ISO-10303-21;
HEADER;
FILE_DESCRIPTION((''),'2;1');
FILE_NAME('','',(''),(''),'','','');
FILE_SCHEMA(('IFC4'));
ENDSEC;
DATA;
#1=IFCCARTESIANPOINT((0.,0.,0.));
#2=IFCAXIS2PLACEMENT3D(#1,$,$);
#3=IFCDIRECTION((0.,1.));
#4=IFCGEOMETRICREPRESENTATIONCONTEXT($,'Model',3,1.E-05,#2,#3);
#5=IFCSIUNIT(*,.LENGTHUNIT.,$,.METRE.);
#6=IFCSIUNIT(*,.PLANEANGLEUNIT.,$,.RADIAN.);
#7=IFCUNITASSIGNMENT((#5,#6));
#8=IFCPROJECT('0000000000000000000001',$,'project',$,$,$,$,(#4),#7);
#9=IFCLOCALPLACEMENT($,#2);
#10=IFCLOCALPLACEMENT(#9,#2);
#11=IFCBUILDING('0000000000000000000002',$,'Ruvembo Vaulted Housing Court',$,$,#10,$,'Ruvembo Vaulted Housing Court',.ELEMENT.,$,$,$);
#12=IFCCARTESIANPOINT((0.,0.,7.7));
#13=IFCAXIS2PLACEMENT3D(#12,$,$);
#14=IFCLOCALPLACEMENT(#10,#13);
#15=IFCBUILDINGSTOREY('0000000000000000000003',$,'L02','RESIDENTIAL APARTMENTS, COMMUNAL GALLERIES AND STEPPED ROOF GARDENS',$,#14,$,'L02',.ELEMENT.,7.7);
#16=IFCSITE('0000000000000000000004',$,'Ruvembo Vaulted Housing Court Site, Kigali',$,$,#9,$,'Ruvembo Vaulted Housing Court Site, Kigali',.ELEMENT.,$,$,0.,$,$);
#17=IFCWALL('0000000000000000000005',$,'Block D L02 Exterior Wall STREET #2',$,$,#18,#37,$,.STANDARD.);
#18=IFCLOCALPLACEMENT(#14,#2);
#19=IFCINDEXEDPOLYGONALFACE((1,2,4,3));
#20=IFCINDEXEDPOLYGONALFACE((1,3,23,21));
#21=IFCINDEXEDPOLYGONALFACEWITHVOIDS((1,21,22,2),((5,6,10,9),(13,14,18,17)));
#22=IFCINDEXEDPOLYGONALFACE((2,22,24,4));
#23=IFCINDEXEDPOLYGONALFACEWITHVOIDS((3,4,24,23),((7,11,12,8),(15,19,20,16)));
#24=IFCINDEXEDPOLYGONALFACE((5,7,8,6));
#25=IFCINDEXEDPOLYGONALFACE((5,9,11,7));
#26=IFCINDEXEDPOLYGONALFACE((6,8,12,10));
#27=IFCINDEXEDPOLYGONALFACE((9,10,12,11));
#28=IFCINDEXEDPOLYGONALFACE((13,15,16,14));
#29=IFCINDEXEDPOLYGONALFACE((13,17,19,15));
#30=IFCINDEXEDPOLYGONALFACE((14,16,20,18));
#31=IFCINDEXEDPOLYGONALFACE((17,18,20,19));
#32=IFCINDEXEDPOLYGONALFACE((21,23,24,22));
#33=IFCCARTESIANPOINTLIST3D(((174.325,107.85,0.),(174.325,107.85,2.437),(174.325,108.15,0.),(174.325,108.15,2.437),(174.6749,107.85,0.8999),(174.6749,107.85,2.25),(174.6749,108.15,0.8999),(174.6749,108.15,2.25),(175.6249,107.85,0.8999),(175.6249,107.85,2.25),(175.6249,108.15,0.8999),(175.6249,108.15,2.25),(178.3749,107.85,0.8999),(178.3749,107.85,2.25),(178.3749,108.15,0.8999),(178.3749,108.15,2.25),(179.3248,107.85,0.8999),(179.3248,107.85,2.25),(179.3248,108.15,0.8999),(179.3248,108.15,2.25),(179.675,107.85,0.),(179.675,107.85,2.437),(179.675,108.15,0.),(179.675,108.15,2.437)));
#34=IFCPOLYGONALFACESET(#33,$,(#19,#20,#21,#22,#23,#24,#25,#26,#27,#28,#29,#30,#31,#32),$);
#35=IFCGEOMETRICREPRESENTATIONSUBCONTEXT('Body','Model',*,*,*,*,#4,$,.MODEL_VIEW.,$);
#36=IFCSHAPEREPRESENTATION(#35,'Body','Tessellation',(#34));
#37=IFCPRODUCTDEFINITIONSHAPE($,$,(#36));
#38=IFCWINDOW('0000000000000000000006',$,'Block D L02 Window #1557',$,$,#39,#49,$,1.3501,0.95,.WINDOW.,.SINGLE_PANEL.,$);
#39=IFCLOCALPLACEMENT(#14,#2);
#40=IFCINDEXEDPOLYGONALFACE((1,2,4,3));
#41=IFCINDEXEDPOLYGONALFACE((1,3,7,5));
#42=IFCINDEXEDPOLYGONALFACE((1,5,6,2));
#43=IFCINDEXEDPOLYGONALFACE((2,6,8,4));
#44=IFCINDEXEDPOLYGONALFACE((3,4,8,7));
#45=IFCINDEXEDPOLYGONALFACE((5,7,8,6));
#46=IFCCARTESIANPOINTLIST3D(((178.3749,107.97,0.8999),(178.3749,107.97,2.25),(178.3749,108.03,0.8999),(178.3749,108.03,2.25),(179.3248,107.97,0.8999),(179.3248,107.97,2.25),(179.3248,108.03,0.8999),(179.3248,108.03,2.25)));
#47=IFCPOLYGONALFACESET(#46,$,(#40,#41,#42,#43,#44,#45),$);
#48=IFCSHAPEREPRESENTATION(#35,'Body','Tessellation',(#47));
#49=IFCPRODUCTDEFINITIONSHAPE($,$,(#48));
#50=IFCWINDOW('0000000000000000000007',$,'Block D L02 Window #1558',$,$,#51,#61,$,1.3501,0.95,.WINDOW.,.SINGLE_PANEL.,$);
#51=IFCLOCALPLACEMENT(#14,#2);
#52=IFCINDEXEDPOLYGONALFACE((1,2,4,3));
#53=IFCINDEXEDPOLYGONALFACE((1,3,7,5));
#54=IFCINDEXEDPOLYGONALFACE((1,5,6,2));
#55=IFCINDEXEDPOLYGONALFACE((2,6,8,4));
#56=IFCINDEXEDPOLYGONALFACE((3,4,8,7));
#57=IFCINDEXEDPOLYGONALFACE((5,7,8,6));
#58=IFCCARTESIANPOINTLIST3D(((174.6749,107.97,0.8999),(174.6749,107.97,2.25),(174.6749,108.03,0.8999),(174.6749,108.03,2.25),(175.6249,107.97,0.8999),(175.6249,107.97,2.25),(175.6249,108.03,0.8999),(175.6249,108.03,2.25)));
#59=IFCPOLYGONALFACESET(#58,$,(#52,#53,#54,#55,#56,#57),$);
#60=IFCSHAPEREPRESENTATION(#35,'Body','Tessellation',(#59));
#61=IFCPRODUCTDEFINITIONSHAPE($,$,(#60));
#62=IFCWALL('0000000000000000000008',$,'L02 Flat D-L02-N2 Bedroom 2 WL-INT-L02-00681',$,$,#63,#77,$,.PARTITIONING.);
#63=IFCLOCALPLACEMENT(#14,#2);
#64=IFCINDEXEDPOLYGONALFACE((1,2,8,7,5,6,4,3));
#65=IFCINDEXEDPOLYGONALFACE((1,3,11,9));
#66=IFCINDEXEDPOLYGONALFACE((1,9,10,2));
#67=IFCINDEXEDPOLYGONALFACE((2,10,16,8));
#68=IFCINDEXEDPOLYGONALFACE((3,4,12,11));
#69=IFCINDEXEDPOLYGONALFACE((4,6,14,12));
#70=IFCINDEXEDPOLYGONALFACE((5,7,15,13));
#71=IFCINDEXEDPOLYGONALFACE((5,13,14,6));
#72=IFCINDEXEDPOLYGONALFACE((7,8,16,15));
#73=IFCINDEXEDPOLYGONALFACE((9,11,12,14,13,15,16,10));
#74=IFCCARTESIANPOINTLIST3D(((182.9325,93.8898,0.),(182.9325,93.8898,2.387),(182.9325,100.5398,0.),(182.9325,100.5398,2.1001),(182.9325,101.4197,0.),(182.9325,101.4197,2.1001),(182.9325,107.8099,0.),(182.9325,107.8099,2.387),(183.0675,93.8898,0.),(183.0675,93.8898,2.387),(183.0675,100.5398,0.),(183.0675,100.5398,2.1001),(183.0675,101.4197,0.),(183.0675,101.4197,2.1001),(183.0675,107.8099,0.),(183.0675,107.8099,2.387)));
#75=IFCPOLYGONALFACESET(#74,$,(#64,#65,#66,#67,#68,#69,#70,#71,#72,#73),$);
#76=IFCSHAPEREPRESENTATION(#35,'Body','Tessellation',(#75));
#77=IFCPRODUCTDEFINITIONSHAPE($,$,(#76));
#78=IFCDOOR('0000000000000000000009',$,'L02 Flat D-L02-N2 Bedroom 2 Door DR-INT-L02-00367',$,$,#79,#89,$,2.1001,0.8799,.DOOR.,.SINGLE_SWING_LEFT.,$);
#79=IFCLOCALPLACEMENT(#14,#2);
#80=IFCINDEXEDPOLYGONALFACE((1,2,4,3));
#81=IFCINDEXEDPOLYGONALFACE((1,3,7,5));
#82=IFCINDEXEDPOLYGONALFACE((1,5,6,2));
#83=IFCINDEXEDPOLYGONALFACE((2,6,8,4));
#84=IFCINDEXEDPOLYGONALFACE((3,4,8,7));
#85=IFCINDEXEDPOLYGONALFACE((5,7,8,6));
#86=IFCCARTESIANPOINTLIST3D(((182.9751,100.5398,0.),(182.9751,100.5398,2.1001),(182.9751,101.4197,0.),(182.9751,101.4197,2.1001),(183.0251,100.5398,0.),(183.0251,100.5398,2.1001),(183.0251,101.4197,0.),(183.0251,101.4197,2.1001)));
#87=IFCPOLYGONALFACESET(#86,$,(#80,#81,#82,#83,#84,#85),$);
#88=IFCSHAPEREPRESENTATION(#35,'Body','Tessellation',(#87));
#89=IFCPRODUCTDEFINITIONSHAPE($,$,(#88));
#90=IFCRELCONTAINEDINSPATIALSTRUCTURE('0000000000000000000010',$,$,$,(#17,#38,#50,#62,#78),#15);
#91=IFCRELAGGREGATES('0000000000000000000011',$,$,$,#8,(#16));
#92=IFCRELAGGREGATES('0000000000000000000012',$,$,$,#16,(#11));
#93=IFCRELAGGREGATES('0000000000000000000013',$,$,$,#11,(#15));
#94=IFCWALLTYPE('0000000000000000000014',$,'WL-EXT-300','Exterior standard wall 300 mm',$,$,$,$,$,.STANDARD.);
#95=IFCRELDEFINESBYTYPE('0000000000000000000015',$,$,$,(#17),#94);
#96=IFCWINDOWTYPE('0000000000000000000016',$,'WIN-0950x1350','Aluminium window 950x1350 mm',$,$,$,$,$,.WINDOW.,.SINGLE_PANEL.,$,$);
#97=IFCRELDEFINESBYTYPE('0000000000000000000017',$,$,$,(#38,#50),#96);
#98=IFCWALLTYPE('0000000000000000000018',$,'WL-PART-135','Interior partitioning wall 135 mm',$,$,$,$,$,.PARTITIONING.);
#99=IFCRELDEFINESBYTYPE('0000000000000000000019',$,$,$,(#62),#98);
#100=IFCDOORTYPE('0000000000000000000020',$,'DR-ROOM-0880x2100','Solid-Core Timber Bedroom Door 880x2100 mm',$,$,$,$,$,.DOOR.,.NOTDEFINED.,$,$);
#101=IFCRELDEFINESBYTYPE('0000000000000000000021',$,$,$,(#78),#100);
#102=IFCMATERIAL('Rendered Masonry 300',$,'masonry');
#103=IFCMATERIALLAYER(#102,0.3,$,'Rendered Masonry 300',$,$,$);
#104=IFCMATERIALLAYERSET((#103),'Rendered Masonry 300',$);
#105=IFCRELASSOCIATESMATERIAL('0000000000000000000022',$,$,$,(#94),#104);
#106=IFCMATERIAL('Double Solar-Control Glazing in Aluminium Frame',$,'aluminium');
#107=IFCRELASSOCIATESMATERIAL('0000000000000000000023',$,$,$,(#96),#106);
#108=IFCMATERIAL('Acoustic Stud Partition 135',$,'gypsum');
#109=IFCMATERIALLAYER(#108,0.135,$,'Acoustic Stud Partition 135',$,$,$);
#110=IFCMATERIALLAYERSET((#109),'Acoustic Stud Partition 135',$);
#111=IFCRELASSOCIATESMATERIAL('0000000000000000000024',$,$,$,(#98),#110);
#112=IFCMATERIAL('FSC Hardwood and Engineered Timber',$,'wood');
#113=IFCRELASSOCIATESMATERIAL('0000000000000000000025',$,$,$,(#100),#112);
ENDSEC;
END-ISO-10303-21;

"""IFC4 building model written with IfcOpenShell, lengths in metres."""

from ifc_helpers import new_model, si_unit, direction, frame, frame_2d, origin, place, context, subcontext, project, spatial, rectangle, extrude, material, layer, layer_set, type_object, element, fill, save


model = new_model("IFC4")

# Units and contexts
model_context = context("Model", 3, precision=1e-05, world=origin(), true_north=direction((0.0, 1.0)))
body_context = subcontext(model_context, "Body", "Model", "MODEL_VIEW")
ifc_project = project(units=[si_unit("LENGTHUNIT", "METRE"), si_unit("PLANEANGLEUNIT", "RADIAN")], contexts=[model_context])

# Site, building, storey
site_placement = place(None, origin())
site = spatial("IfcSite", under=ifc_project, at=site_placement, Name="Ruvembo Vaulted Housing Court Site, Kigali", LongName="Ruvembo Vaulted Housing Court Site, Kigali", CompositionType="ELEMENT", RefElevation=0.0)
building_placement = place(site_placement, origin())
building = spatial("IfcBuilding", under=site, at=building_placement, Name="Ruvembo Vaulted Housing Court", LongName="Ruvembo Vaulted Housing Court", CompositionType="ELEMENT")
storey_placement = place(building_placement, frame((0.0, 0.0, 7.7)))
storey = spatial("IfcBuildingStorey", under=building, at=storey_placement, Name="L02", Description="RESIDENTIAL APARTMENTS, COMMUNAL GALLERIES AND STEPPED ROOF GARDENS", LongName="L02", CompositionType="ELEMENT", Elevation=7.7)

# Wall, openings, windows
ifc_material_1 = material(Name="Rendered Masonry 300", Category="masonry")
ifc_layer_1 = layer(ifc_material_1, 0.3, Name="Rendered Masonry 300")
ifc_layer_set_1 = layer_set([ifc_layer_1], Name="Rendered Masonry 300")
wall_type_1 = type_object("IfcWallType", Name="WL-EXT-300", Description="Exterior standard wall 300 mm", PredefinedType="STANDARD", material=ifc_layer_set_1)
ifc_material_2 = material(Name="Double Solar-Control Glazing in Aluminium Frame", Category="aluminium")
window_type_1 = type_object("IfcWindowType", Name="WIN-0950x1350", Description="Aluminium window 950x1350 mm", PartitioningType="SINGLE_PANEL", PredefinedType="WINDOW", material=ifc_material_2)
wall_1_placement = place(storey_placement, frame((179.675, 108.0, 0.0), z_axis=(0.0, 0.0, 1.0), x_axis=(-1.0, 0.0, 0.0)))
wall_1 = element("IfcWall", 1, at=wall_1_placement, inside=storey, type_object=wall_type_1, Name="Block D L02 Exterior Wall STREET #2", PredefinedType="STANDARD", context=body_context, shape_type="SweptSolid", body=[
    extrude(rectangle(XDim=5.3501, YDim=0.3, at=frame_2d((2.675, 0.0))), origin(), (0.0, 0.0, 1.0), 2.437),
])
opening_1_placement = place(wall_1_placement, frame((0.3501, 0.0, 0.8999)))
opening_1 = element("IfcOpeningElement", 2, at=opening_1_placement, cuts=wall_1, PredefinedType="OPENING", context=body_context, shape_type="SweptSolid", body=[
    extrude(rectangle(XDim=0.95, YDim=1.3501, at=frame_2d((0.4751, 0.675))), frame((0.0, 0.1599, 0.0), z_axis=(0.0, -1.0, 0.0), x_axis=(1.0, 0.0, 0.0)), (0.0, 0.0, 1.0), 0.3201),
])
opening_2_placement = place(wall_1_placement, frame((4.05, 0.0, 0.8999)))
opening_2 = element("IfcOpeningElement", 3, at=opening_2_placement, cuts=wall_1, PredefinedType="OPENING", context=body_context, shape_type="SweptSolid", body=[
    extrude(rectangle(XDim=0.95, YDim=1.3501, at=frame_2d((0.4751, 0.675))), frame((0.0, 0.1599, 0.0), z_axis=(0.0, -1.0, 0.0), x_axis=(1.0, 0.0, 0.0)), (0.0, 0.0, 1.0), 0.3201),
])
window_1_placement = place(opening_1_placement, origin())
window_1 = element("IfcWindow", 4, at=window_1_placement, inside=storey, type_object=window_type_1, Name="Block D L02 Window #1557", OverallHeight=1.3501, OverallWidth=0.95, PartitioningType="SINGLE_PANEL", PredefinedType="WINDOW", context=body_context, shape_type="SweptSolid", body=[
    extrude(rectangle(XDim=0.95, YDim=1.3501, at=frame_2d((0.4751, 0.675))), frame((0.0, 0.03, 0.0), z_axis=(0.0, -1.0, 0.0), x_axis=(1.0, 0.0, 0.0)), (0.0, 0.0, 1.0), 0.0601),
])
fill(opening_1, window_1)
window_2_placement = place(opening_2_placement, origin())
window_2 = element("IfcWindow", 5, at=window_2_placement, inside=storey, type_object=window_type_1, Name="Block D L02 Window #1558", OverallHeight=1.3501, OverallWidth=0.95, PartitioningType="SINGLE_PANEL", PredefinedType="WINDOW", context=body_context, shape_type="SweptSolid", body=[
    extrude(rectangle(XDim=0.95, YDim=1.3501, at=frame_2d((0.4751, 0.675))), frame((0.0, 0.03, 0.0), z_axis=(0.0, -1.0, 0.0), x_axis=(1.0, 0.0, 0.0)), (0.0, 0.0, 1.0), 0.0601),
])
fill(opening_2, window_2)

# Wall, opening, door
ifc_material_3 = material(Name="Acoustic Stud Partition 135", Category="gypsum")
ifc_layer_2 = layer(ifc_material_3, 0.135, Name="Acoustic Stud Partition 135")
ifc_layer_set_2 = layer_set([ifc_layer_2], Name="Acoustic Stud Partition 135")
wall_type_2 = type_object("IfcWallType", Name="WL-PART-135", Description="Interior partitioning wall 135 mm", PredefinedType="PARTITIONING", material=ifc_layer_set_2)
wall_2_placement = place(storey_placement, frame((183.0, 93.8899, 0.0), z_axis=(0.0, 0.0, 1.0), x_axis=(0.0, 1.0, 0.0)))
wall_2 = element("IfcWall", 6, at=wall_2_placement, inside=storey, type_object=wall_type_2, Name="L02 Flat D-L02-N2 Bedroom 2 WL-INT-L02-00681", PredefinedType="PARTITIONING", context=body_context, shape_type="SweptSolid", body=[
    extrude(rectangle(XDim=13.9202, YDim=0.135, at=frame_2d((6.96, 0.0))), origin(), (0.0, 0.0, 1.0), 2.387),
])
opening_3_placement = place(wall_2_placement, frame((6.6499, 0.0, 0.0)))
opening_3 = element("IfcOpeningElement", 7, at=opening_3_placement, cuts=wall_2, PredefinedType="OPENING", context=body_context, shape_type="SweptSolid", body=[
    extrude(rectangle(XDim=0.8799, YDim=2.1001, at=frame_2d((0.4399, 1.05))), frame((0.0, 0.0774, 0.0), z_axis=(0.0, -1.0, 0.0), x_axis=(1.0, 0.0, 0.0)), (0.0, 0.0, 1.0), 0.155),
])
ifc_material_4 = material(Name="FSC Hardwood and Engineered Timber", Category="wood")
door_type = type_object("IfcDoorType", Name="DR-ROOM-0880x2100", Description="Solid-Core Timber Bedroom Door 880x2100 mm", OperationType="NOTDEFINED", PredefinedType="DOOR", material=ifc_material_4)
door_placement = place(opening_3_placement, origin())
door = element("IfcDoor", 8, at=door_placement, inside=storey, type_object=door_type, Name="L02 Flat D-L02-N2 Bedroom 2 Door DR-INT-L02-00367", OperationType="SINGLE_SWING_LEFT", OverallHeight=2.1001, OverallWidth=0.8799, PredefinedType="DOOR", context=body_context, shape_type="SweptSolid", body=[
    extrude(rectangle(XDim=0.8799, YDim=2.1001, at=frame_2d((0.4399, 1.05))), frame((0.0, 0.0249, 0.0), z_axis=(0.0, -1.0, 0.0), x_axis=(1.0, 0.0, 0.0)), (0.0, 0.0, 1.0), 0.05),
])
fill(opening_3, door)

save(model, "model.ifc")
